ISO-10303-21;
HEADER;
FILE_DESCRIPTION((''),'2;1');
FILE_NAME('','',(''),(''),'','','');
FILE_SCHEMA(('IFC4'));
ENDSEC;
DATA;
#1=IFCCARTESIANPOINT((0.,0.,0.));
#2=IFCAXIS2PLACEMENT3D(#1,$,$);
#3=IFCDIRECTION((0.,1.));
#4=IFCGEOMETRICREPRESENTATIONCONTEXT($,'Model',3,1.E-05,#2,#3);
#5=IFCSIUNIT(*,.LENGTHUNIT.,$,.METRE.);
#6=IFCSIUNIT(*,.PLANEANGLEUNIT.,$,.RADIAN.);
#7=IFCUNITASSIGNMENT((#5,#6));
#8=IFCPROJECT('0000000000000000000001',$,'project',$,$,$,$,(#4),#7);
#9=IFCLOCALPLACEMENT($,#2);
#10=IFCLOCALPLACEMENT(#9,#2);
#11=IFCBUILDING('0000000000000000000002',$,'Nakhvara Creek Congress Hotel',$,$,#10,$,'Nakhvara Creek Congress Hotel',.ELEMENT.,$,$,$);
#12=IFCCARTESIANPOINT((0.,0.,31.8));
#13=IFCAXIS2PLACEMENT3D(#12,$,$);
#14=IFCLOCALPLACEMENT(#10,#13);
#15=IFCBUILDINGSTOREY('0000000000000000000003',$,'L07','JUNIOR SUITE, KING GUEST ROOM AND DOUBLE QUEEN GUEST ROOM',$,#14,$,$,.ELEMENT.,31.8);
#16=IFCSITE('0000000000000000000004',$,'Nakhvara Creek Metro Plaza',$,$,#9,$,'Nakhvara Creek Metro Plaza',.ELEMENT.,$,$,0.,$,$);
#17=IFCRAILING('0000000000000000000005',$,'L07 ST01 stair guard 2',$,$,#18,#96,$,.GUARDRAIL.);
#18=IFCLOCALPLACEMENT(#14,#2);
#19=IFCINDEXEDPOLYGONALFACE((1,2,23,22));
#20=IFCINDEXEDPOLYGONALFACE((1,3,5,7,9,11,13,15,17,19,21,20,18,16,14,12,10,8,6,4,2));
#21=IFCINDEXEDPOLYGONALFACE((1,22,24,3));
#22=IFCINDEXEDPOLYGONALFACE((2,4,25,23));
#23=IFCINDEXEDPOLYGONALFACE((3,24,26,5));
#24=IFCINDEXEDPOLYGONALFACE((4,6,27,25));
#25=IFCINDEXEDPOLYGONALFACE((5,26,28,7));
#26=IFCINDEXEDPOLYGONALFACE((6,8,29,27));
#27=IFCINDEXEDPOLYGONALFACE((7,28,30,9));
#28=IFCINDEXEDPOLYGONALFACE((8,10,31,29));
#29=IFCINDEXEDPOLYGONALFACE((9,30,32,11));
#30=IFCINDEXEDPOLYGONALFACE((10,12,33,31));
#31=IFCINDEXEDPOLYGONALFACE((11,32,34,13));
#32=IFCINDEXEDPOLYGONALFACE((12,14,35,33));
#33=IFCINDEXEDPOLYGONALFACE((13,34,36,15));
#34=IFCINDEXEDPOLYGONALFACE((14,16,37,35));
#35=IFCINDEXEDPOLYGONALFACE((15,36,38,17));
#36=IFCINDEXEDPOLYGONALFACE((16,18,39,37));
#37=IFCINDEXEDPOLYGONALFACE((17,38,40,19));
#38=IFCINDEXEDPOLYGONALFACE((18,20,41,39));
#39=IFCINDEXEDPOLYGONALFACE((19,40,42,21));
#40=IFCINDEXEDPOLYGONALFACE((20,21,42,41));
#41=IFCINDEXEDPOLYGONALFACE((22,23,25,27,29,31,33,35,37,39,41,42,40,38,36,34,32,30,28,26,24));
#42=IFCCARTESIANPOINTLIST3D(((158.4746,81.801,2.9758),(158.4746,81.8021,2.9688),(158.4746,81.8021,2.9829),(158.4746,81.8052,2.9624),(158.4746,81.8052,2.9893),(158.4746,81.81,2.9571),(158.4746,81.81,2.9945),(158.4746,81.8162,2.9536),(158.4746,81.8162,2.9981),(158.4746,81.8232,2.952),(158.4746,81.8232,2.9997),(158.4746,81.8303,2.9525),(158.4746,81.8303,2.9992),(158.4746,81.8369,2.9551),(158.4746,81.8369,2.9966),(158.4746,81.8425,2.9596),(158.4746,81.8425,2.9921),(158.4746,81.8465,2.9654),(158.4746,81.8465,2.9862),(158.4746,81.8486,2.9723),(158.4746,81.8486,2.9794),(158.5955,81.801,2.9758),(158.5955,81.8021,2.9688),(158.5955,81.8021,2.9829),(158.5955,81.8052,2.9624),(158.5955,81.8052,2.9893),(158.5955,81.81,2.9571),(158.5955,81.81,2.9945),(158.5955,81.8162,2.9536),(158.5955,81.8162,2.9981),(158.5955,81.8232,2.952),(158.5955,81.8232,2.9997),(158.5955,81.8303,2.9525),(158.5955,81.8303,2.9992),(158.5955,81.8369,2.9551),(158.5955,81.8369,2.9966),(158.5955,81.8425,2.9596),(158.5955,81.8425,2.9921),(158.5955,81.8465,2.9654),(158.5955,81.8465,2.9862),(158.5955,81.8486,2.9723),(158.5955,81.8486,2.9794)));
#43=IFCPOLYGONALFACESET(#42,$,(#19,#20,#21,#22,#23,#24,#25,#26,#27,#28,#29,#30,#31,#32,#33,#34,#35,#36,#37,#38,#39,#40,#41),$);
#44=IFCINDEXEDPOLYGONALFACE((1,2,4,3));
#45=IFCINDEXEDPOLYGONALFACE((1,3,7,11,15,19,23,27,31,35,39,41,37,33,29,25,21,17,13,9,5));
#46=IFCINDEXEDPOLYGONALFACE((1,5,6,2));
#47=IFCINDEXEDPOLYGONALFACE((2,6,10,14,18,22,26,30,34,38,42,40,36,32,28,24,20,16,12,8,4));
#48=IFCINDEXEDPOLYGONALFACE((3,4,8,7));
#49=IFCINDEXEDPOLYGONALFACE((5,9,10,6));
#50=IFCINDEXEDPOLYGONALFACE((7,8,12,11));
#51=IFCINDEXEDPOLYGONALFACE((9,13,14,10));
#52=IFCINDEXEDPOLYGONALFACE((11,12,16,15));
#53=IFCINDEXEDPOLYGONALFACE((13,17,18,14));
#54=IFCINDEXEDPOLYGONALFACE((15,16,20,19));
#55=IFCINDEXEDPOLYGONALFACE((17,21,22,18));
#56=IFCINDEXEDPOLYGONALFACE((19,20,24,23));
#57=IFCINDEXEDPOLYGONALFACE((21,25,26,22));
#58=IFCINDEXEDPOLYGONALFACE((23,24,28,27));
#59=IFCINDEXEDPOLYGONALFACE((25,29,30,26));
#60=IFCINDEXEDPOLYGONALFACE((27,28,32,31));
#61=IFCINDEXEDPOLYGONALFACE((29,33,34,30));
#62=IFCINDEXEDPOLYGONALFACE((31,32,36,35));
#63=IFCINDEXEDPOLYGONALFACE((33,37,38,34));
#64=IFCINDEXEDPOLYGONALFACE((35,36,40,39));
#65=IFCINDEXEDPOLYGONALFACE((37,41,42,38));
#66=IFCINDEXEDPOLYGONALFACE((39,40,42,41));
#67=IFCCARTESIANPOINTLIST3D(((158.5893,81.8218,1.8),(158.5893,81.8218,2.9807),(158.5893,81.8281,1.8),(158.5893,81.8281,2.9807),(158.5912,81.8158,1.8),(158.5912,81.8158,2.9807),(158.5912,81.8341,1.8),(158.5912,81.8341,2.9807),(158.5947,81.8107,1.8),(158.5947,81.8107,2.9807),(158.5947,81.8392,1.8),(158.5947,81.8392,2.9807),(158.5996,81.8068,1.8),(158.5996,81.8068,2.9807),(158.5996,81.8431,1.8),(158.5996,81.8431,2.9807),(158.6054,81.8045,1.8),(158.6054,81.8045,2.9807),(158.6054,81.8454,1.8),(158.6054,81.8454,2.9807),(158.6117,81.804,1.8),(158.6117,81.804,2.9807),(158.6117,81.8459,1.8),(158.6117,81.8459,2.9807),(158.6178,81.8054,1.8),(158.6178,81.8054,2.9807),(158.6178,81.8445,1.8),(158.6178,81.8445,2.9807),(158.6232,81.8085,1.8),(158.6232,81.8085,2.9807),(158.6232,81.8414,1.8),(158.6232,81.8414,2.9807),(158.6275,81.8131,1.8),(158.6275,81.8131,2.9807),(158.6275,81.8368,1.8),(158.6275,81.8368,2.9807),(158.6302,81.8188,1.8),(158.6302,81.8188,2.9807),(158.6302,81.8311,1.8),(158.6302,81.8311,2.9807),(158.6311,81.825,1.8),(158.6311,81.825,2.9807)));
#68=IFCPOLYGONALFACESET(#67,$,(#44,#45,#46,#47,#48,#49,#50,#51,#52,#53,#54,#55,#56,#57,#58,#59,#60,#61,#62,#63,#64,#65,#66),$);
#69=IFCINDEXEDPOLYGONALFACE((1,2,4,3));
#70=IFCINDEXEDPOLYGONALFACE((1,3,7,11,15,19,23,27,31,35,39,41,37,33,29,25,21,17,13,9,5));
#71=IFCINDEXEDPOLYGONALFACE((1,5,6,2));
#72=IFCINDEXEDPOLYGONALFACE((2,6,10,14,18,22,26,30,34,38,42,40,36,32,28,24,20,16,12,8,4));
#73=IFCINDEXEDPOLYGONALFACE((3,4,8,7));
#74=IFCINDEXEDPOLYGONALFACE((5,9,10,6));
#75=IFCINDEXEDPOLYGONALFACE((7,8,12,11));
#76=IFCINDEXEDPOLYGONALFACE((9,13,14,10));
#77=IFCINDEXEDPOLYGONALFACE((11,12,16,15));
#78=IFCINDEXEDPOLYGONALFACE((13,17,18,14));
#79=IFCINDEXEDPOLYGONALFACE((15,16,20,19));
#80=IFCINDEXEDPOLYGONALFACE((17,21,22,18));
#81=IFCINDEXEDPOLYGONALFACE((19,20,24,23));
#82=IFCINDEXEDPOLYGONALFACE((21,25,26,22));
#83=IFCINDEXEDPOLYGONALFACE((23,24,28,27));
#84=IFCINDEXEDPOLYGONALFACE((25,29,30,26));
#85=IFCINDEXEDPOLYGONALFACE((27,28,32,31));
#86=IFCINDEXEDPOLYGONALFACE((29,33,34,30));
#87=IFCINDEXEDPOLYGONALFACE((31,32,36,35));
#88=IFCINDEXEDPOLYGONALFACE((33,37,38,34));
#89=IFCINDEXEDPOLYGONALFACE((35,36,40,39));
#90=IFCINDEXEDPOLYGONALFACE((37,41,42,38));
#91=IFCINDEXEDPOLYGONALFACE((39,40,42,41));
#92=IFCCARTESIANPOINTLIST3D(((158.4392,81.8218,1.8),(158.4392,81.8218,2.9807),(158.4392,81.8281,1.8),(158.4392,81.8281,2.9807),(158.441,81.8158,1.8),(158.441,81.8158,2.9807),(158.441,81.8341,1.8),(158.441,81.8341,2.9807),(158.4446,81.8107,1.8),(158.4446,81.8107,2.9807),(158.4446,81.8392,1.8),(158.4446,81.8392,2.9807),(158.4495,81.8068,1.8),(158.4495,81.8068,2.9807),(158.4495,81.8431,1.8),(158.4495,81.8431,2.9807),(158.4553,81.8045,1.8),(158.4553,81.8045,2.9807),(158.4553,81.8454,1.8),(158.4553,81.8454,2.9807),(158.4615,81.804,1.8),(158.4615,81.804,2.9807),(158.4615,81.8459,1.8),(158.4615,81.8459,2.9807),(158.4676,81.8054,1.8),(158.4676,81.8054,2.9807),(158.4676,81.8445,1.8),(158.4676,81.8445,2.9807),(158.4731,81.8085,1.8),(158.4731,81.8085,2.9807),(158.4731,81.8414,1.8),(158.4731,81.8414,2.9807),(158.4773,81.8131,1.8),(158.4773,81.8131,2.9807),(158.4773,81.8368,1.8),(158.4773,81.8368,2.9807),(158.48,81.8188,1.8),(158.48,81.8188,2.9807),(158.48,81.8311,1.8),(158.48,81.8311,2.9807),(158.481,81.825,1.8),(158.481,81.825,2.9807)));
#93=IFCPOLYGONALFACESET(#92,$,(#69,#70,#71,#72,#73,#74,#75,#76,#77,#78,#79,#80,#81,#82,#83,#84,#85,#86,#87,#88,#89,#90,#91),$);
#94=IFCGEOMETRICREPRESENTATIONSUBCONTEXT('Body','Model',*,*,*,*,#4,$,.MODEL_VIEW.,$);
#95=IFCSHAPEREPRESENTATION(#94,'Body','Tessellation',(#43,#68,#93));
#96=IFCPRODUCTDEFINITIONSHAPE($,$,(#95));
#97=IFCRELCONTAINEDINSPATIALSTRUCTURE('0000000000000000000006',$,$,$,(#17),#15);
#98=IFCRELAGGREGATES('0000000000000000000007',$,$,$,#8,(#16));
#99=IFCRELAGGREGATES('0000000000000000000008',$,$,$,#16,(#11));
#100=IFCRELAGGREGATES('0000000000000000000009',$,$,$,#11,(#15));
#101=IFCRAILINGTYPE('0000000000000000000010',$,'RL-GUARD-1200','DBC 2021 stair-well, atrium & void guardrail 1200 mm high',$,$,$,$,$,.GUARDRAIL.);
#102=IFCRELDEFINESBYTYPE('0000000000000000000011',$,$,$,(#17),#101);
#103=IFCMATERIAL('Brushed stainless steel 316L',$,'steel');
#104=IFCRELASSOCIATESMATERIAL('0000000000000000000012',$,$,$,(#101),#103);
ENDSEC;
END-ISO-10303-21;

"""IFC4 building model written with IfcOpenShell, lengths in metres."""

from ifc_helpers import new_model, si_unit, direction, frame, origin, origin_2d, place, context, subcontext, project, spatial, circle, extrude, material, type_object, element, save


model = new_model("IFC4")

# Units and contexts
model_context = context("Model", 3, precision=1e-05, world=origin(), true_north=direction((0.0, 1.0)))
body_context = subcontext(model_context, "Body", "Model", "MODEL_VIEW")
ifc_project = project(units=[si_unit("LENGTHUNIT", "METRE"), si_unit("PLANEANGLEUNIT", "RADIAN")], contexts=[model_context])

# Site, building, storey
site_placement = place(None, origin())
site = spatial("IfcSite", under=ifc_project, at=site_placement, Name="Nakhvara Creek Metro Plaza", LongName="Nakhvara Creek Metro Plaza", CompositionType="ELEMENT", RefElevation=0.0)
building_placement = place(site_placement, origin())
building = spatial("IfcBuilding", under=site, at=building_placement, Name="Nakhvara Creek Congress Hotel", LongName="Nakhvara Creek Congress Hotel", CompositionType="ELEMENT")
storey_placement = place(building_placement, frame((0.0, 0.0, 31.8)))
storey = spatial("IfcBuildingStorey", under=building, at=storey_placement, Name="L07", Description="JUNIOR SUITE, KING GUEST ROOM AND DOUBLE QUEEN GUEST ROOM", CompositionType="ELEMENT", Elevation=31.8)

# Railing
ifc_material_1 = material(Name="Brushed stainless steel 316L", Category="steel")
railing_type_1 = type_object("IfcRailingType", Name="RL-GUARD-1200", Description="DBC 2021 stair-well, atrium & void guardrail 1200 mm high", PredefinedType="GUARDRAIL", material=ifc_material_1)
railing_1_placement = place(storey_placement, frame((158.6101, 81.825, 1.8)))
element("IfcRailing", 1, at=railing_1_placement, inside=storey, type_object=railing_type_1, Name="L07 ST01 stair guard 2", PredefinedType="GUARDRAIL", context=body_context, shape_type="SweptSolid", body=[
    extrude(circle(Radius=0.0239, at=origin_2d()), frame((-0.0146, 0.0, 1.1758), z_axis=(-1.0, 0.0, 0.0), x_axis=(0.0, -1.0, 0.0)), (0.0, 0.0, 1.0), 0.1208),
    extrude(circle(Radius=0.021, at=origin_2d()), origin(), (0.0, 0.0, 1.0), 1.1807),
    extrude(circle(Radius=0.021, at=origin_2d()), frame((-0.1501, 0.0, 0.0)), (0.0, 0.0, 1.0), 1.1807),
])

save(model, "model.ifc")
